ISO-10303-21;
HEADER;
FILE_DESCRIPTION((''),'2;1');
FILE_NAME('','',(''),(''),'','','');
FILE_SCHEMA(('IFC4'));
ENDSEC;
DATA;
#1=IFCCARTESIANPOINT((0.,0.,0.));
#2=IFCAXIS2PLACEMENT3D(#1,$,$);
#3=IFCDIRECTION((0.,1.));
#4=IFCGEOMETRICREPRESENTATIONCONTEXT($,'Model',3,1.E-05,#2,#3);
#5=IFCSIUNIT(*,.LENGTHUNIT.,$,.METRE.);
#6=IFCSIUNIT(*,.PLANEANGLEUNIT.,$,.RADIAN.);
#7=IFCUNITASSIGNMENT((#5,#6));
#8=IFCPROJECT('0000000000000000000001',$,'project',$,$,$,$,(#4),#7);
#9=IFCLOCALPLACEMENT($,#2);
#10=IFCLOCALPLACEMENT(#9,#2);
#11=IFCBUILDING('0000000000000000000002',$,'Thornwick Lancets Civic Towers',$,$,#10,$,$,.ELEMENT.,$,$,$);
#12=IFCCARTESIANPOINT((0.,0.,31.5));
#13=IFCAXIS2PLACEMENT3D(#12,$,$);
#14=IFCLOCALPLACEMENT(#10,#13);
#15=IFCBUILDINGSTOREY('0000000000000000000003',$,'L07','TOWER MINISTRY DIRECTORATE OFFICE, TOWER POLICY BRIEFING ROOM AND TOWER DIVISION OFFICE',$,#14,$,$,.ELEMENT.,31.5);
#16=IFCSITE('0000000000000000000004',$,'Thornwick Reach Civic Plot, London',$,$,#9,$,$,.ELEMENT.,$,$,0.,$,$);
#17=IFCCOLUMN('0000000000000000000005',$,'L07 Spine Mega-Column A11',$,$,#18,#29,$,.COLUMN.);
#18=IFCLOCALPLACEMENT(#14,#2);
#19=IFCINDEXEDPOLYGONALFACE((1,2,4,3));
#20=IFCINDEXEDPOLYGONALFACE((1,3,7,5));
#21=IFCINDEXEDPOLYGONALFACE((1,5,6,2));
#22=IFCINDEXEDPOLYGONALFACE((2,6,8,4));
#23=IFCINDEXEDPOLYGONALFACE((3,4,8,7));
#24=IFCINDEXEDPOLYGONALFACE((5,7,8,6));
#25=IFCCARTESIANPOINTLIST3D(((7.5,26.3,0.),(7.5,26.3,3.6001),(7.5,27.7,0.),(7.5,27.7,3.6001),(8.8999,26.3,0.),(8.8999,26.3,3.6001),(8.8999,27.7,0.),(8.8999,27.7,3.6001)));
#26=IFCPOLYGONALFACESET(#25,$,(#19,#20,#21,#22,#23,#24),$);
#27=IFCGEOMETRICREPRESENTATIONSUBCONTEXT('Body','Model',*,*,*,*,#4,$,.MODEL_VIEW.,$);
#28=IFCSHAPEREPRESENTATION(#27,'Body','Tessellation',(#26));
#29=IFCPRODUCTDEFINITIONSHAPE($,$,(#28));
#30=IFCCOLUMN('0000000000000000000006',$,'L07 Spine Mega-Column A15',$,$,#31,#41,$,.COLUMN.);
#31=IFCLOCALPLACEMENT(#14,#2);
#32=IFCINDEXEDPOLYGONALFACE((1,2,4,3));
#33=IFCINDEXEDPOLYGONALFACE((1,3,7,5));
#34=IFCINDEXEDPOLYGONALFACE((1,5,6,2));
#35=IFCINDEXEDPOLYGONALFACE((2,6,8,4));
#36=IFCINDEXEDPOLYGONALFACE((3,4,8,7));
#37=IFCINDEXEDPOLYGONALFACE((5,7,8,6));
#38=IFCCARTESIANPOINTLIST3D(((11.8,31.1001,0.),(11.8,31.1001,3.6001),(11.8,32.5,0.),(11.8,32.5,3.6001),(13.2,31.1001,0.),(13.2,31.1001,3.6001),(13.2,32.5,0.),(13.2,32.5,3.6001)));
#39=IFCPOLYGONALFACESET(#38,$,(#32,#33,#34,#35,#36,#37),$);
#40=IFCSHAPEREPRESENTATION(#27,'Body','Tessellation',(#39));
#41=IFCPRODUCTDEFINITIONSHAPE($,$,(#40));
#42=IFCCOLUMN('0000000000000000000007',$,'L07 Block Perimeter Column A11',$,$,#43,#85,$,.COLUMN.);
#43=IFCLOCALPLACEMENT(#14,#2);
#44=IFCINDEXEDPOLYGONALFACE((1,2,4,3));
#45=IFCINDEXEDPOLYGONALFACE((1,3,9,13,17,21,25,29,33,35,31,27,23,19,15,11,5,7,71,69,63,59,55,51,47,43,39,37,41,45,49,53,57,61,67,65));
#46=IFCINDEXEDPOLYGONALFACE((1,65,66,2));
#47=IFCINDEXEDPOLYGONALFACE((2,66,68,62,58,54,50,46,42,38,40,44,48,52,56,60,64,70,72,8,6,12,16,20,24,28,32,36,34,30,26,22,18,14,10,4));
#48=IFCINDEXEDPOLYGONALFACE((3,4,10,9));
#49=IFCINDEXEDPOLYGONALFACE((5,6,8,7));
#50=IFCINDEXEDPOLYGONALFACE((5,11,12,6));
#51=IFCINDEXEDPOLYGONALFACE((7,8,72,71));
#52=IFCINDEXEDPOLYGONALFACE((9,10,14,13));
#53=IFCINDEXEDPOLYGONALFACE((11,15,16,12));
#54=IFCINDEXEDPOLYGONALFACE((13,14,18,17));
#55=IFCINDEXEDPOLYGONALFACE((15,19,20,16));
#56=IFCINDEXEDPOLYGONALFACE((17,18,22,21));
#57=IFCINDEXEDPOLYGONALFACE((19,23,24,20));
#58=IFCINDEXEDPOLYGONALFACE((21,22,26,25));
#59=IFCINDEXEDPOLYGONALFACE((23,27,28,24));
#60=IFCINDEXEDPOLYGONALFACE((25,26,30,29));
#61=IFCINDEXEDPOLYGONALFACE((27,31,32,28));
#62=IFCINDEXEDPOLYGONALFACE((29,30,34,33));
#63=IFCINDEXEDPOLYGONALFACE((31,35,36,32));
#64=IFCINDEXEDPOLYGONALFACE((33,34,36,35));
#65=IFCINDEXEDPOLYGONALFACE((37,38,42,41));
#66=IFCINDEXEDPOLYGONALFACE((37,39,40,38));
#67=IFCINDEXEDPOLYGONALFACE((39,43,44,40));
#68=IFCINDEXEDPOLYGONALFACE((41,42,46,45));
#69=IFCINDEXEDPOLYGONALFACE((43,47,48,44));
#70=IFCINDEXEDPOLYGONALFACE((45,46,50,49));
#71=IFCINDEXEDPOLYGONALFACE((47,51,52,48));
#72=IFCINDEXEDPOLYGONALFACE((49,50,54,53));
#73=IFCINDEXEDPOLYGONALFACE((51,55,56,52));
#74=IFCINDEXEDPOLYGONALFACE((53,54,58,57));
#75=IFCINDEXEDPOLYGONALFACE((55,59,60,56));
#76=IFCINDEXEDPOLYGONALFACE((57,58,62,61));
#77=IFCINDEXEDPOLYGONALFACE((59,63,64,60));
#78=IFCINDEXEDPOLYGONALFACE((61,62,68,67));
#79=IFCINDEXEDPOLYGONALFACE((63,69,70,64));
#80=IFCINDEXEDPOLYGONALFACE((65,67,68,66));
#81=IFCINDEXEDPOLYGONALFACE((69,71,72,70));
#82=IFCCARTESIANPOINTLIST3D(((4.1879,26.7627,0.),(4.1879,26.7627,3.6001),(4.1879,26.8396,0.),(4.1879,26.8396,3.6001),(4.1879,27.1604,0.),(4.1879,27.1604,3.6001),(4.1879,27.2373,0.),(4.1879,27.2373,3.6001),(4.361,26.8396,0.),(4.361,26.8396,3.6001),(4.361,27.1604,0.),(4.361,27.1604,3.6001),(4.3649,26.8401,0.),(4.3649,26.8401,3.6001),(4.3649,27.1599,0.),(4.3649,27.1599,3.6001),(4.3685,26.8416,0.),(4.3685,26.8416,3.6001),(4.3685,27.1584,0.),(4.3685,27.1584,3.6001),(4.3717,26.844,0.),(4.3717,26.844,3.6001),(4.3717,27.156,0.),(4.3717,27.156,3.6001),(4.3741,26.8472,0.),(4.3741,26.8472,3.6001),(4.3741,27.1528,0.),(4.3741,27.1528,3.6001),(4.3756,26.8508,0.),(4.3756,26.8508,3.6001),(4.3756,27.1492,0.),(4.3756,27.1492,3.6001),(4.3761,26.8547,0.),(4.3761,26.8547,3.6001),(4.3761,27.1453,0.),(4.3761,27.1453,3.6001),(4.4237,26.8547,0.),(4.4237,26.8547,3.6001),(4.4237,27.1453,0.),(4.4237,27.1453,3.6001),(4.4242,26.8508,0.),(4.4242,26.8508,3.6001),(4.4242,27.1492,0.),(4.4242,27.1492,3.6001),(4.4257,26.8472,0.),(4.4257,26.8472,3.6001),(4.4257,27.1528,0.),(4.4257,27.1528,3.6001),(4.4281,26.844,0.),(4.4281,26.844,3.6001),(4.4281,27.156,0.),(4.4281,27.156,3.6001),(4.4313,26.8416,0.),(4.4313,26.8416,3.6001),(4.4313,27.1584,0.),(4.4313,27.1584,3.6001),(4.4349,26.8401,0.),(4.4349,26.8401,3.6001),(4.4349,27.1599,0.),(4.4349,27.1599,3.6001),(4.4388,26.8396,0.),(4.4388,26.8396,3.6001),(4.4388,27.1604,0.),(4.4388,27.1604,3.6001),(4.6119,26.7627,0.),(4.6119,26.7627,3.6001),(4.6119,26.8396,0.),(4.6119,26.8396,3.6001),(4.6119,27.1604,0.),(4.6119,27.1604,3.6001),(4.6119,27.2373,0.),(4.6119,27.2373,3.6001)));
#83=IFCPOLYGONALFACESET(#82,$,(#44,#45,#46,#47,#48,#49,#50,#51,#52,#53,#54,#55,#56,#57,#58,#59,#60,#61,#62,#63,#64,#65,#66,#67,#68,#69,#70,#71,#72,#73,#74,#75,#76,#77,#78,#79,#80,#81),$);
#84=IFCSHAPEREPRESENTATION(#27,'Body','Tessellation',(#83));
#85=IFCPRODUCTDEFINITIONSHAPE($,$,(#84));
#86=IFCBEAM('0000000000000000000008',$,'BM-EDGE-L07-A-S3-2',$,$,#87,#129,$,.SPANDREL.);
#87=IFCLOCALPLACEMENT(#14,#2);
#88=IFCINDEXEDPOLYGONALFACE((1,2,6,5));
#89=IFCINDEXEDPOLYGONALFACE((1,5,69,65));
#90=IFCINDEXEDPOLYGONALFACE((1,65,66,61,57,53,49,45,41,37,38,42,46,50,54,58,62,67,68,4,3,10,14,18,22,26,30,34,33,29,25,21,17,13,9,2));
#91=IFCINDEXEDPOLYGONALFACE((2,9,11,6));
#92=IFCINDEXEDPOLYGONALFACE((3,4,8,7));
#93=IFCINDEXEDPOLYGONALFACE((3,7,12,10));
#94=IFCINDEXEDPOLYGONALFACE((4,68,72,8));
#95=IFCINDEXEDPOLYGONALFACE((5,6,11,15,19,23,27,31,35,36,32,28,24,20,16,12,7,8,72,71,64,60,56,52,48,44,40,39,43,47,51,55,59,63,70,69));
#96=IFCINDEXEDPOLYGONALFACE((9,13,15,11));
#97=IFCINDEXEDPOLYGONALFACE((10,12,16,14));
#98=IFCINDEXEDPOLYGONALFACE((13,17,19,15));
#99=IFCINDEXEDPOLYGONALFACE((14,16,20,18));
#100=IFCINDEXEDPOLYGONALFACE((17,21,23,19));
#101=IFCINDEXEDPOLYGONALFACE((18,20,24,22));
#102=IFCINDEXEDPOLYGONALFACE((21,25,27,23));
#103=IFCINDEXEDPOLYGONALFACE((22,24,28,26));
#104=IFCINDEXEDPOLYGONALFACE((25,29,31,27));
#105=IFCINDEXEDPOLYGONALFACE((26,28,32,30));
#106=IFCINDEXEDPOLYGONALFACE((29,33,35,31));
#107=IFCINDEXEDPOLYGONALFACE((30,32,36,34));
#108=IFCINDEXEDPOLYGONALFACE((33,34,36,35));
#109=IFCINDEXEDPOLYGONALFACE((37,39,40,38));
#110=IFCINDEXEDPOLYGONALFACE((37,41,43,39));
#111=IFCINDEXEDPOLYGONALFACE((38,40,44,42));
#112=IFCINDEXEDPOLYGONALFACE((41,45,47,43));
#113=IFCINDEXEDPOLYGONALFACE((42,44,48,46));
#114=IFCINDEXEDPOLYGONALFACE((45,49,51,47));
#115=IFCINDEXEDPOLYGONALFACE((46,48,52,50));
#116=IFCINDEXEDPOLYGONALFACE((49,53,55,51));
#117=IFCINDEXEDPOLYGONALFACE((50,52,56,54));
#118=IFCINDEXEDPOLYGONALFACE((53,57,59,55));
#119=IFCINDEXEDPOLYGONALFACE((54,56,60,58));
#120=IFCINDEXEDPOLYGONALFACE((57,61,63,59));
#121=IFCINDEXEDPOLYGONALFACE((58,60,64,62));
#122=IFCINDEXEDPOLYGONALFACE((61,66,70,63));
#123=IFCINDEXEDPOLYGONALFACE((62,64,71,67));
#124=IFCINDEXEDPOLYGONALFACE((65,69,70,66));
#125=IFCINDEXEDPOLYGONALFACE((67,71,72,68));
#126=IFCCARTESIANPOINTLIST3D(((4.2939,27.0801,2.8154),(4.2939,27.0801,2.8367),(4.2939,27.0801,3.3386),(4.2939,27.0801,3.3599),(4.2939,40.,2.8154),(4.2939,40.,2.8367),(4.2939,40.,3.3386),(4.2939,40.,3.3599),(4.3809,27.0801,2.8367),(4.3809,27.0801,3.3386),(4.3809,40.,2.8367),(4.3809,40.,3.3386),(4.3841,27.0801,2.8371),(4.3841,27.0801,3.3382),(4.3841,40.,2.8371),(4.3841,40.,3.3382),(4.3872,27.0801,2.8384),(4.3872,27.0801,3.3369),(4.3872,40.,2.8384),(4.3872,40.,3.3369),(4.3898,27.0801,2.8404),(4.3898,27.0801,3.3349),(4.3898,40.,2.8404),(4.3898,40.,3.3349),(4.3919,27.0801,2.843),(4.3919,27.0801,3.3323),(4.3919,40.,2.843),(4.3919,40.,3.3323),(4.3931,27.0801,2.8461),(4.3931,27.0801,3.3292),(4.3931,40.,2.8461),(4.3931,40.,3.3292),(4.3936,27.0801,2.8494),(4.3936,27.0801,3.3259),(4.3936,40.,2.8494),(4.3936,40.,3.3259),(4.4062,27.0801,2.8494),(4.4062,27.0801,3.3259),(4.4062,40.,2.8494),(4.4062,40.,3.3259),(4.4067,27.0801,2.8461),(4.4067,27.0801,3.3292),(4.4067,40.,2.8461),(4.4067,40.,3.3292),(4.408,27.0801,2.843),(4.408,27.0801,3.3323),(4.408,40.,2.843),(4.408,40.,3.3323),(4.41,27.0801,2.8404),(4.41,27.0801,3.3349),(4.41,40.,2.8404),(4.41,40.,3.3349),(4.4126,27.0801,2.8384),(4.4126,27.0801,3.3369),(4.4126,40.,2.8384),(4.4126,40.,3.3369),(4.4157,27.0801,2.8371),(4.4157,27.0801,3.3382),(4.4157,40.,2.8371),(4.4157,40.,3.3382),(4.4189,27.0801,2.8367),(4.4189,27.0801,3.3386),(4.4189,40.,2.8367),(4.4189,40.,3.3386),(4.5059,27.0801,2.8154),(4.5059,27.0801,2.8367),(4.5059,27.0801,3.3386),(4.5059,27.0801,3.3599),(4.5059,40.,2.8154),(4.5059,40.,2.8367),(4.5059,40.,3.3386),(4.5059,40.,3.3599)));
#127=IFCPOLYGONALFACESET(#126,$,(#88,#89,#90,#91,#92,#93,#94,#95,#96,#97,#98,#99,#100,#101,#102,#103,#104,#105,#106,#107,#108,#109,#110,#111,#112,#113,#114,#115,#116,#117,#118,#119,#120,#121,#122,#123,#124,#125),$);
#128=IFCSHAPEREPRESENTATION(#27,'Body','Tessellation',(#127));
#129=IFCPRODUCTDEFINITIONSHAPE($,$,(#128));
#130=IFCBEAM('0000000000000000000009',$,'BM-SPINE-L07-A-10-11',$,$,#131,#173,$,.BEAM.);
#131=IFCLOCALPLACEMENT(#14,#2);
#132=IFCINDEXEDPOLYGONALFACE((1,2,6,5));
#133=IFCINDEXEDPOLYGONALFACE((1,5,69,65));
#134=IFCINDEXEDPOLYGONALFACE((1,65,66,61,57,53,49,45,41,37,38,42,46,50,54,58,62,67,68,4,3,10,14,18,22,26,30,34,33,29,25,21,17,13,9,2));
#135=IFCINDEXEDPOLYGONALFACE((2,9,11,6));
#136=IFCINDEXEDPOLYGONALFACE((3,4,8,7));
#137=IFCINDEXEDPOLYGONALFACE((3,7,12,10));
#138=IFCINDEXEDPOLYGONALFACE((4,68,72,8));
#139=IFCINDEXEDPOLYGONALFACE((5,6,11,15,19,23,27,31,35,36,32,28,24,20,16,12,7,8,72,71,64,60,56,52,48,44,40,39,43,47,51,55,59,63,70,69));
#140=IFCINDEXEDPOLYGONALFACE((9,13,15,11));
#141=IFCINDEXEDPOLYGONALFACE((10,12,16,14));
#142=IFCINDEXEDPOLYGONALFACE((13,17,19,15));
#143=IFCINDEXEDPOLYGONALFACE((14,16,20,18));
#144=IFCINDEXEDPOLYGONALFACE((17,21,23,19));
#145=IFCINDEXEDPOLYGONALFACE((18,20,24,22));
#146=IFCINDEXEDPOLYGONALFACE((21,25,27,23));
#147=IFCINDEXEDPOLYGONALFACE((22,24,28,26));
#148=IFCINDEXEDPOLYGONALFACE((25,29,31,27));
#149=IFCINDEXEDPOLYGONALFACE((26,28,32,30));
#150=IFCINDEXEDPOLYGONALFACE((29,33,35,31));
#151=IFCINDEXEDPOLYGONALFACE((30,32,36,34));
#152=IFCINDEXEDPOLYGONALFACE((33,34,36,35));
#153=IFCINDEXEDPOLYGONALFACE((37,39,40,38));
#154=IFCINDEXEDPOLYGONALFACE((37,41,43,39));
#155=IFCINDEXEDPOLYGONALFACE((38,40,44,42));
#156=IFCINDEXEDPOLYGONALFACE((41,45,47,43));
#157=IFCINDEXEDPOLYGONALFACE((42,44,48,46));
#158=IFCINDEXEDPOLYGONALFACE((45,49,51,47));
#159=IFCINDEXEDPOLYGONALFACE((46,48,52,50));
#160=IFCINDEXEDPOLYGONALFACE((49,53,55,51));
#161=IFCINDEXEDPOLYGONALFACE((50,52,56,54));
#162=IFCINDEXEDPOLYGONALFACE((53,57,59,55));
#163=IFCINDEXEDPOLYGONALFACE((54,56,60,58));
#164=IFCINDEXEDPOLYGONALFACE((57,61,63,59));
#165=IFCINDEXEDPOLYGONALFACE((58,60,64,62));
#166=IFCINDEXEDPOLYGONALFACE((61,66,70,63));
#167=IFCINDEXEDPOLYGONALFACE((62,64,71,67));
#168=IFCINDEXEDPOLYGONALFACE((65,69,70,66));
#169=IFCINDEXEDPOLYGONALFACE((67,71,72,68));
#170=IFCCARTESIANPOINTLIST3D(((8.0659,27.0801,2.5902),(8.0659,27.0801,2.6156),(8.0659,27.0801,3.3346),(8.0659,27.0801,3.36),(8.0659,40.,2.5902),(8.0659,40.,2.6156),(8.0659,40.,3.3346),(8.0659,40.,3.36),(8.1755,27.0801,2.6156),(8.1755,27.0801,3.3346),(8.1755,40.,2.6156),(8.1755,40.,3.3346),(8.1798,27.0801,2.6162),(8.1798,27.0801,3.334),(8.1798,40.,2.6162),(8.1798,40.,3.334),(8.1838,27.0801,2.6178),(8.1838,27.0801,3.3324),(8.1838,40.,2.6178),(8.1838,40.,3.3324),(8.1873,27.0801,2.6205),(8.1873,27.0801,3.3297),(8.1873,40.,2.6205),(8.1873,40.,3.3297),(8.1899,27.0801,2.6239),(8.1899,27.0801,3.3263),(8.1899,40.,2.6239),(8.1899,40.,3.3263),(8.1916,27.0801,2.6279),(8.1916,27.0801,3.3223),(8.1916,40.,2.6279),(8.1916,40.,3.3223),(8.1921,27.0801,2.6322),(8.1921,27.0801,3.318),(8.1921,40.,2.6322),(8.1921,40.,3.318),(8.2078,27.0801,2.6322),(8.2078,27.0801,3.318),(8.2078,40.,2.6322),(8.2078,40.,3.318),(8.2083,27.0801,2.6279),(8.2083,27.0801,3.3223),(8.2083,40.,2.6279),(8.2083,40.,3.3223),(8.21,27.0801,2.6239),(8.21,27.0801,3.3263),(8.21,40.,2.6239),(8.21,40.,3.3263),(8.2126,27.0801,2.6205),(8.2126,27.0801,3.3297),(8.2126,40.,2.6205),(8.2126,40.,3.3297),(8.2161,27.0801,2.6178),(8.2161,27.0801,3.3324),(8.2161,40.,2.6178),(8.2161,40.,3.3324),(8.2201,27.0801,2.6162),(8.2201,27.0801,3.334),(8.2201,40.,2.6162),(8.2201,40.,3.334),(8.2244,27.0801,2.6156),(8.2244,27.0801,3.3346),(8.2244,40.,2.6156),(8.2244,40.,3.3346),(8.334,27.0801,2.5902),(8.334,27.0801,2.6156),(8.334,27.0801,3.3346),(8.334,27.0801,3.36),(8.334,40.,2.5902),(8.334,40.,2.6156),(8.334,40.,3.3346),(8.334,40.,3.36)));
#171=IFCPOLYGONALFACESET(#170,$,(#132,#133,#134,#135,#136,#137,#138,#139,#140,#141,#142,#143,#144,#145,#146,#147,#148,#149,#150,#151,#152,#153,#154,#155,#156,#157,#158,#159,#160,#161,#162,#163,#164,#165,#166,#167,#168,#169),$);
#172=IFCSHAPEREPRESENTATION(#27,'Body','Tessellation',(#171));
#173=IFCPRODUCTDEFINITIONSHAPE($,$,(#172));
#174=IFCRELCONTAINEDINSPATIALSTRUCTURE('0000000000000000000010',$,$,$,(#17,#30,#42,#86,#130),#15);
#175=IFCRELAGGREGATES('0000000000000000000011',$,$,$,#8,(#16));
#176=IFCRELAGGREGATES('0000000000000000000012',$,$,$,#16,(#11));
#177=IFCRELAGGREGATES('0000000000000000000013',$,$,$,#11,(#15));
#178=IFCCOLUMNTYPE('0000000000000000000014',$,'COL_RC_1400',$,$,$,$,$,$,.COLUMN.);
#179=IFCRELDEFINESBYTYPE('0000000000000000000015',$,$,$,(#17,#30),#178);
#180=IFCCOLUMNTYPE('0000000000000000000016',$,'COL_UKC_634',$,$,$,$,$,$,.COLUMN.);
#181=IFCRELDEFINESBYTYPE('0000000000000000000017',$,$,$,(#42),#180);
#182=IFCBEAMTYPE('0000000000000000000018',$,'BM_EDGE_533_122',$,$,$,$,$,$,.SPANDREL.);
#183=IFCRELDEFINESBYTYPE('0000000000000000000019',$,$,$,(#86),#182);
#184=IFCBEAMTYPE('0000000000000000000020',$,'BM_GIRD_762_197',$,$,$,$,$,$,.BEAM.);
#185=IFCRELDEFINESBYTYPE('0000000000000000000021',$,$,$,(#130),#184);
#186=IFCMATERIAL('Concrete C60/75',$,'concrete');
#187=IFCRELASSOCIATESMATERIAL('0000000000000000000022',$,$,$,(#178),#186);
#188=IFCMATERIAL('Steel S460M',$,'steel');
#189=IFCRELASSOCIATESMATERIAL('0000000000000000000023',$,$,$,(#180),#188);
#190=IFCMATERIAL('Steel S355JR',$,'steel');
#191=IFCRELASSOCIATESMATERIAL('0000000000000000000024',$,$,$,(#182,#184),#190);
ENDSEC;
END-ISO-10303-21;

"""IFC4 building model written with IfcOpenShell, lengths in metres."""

from ifc_helpers import new_model, si_unit, direction, frame, origin, origin_2d, place, context, subcontext, project, spatial, rectangle, i_section, extrude, material, material_profile, profile_set, type_object, element, save


model = new_model("IFC4")

# Units and contexts
model_context = context("Model", 3, precision=1e-05, world=origin(), true_north=direction((0.0, 1.0)))
body_context = subcontext(model_context, "Body", "Model", "MODEL_VIEW")
ifc_project = project(units=[si_unit("LENGTHUNIT", "METRE"), si_unit("PLANEANGLEUNIT", "RADIAN")], contexts=[model_context])

# Site, building, storey
site_placement = place(None, origin())
site = spatial("IfcSite", under=ifc_project, at=site_placement, Name="Thornwick Reach Civic Plot, London", CompositionType="ELEMENT", RefElevation=0.0)
building_placement = place(site_placement, origin())
building = spatial("IfcBuilding", under=site, at=building_placement, Name="Thornwick Lancets Civic Towers", CompositionType="ELEMENT")
storey_placement = place(building_placement, frame((0.0, 0.0, 31.5)))
storey = spatial("IfcBuildingStorey", under=building, at=storey_placement, Name="L07", Description="TOWER MINISTRY DIRECTORATE OFFICE, TOWER POLICY BRIEFING ROOM AND TOWER DIVISION OFFICE", CompositionType="ELEMENT", Elevation=31.5)

# Columns
ifc_material_1 = material(Name="Concrete C60/75", Category="concrete")
ifc_material_profile_1 = material_profile(ifc_material_1, rectangle(XDim=1.3999, YDim=1.3999, at=origin_2d()), Name="RC 1400x1400")
ifc_profile_set_1 = profile_set([ifc_material_profile_1], Name="Concrete C60/75")
column_type_1 = type_object("IfcColumnType", Name="COL_RC_1400", PredefinedType="COLUMN", material=ifc_profile_set_1)
for number, where, z_axis, x_axis, name in (
    (1, (8.2, 27.0, 0.0), (0.0, 0.0, 1.0), (1.0, 0.0, 0.0), "L07 Spine Mega-Column A11"),
    (2, (12.5, 31.8, 0.0), (0.0, 0.0, 1.0), (1.0, 0.0, 0.0), "L07 Spine Mega-Column A15"),
):
    element("IfcColumn", number, at=place(storey_placement, frame(where, z_axis=z_axis, x_axis=x_axis)), inside=storey, type_object=column_type_1, Name=name, PredefinedType="COLUMN", context=body_context, shape_type="SweptSolid", body=[
        extrude(rectangle(XDim=1.3999, YDim=1.3999, at=origin_2d()), origin(), (0.0, 0.0, 1.0), 3.6001),
    ])
ifc_material_2 = material(Name="Steel S460M", Category="steel")
ifc_material_profile_2 = material_profile(ifc_material_2, i_section(OverallWidth=0.4241, OverallDepth=0.4746, WebThickness=0.0476, FlangeThickness=0.0769, FilletRadius=0.0151, at=origin_2d()), Name="UKC 356x406x634")
ifc_profile_set_2 = profile_set([ifc_material_profile_2], Name="Steel S460M")
column_type_2 = type_object("IfcColumnType", Name="COL_UKC_634", PredefinedType="COLUMN", material=ifc_profile_set_2)
column_placement = place(storey_placement, frame((4.3999, 27.0, 0.0), z_axis=(0.0, 0.0, 1.0), x_axis=(1.0, 0.0, 0.0)))
element("IfcColumn", 3, at=column_placement, inside=storey, type_object=column_type_2, Name="L07 Block Perimeter Column A11", PredefinedType="COLUMN", context=body_context, shape_type="SweptSolid", body=[
    extrude(i_section(OverallWidth=0.4241, OverallDepth=0.4746, WebThickness=0.0476, FlangeThickness=0.0769, FilletRadius=0.0151, at=origin_2d()), origin(), (0.0, 0.0, 1.0), 3.6001),
])

# Beams
ifc_material_3 = material(Name="Steel S355JR", Category="steel")
ifc_material_profile_3 = material_profile(ifc_material_3, i_section(OverallWidth=0.2119, OverallDepth=0.5444, WebThickness=0.0127, FlangeThickness=0.0212, FilletRadius=0.0127, at=origin_2d()), Name="UKB 533x210x122")
ifc_profile_set_3 = profile_set([ifc_material_profile_3], Name="Steel S355JR")
beam_type_1 = type_object("IfcBeamType", Name="BM_EDGE_533_122", PredefinedType="SPANDREL", material=ifc_profile_set_3)
beam_1_placement = place(storey_placement, frame((4.3999, 27.0801, 3.0876), z_axis=(0.0, 1.0, 0.0), x_axis=(-1.0, 0.0, 0.0)))
element("IfcBeam", 4, at=beam_1_placement, inside=storey, type_object=beam_type_1, Name="BM-EDGE-L07-A-S3-2", PredefinedType="SPANDREL", context=body_context, shape_type="SweptSolid", body=[
    extrude(i_section(OverallWidth=0.2119, OverallDepth=0.5444, WebThickness=0.0127, FlangeThickness=0.0212, FilletRadius=0.0127, at=origin_2d()), origin(), (0.0, 0.0, 1.0), 12.9199),
])
ifc_material_profile_4 = material_profile(ifc_material_3, i_section(OverallWidth=0.2681, OverallDepth=0.7698, WebThickness=0.0156, FlangeThickness=0.0254, FilletRadius=0.0166, at=origin_2d()), Name="UKB 762x267x197")
ifc_profile_set_4 = profile_set([ifc_material_profile_4], Name="Steel S355JR")
beam_type_2 = type_object("IfcBeamType", Name="BM_GIRD_762_197", PredefinedType="BEAM", material=ifc_profile_set_4)
beam_2_placement = place(storey_placement, frame((8.2, 27.0801, 2.9751), z_axis=(0.0, 1.0, 0.0), x_axis=(-1.0, 0.0, 0.0)))
element("IfcBeam", 5, at=beam_2_placement, inside=storey, type_object=beam_type_2, Name="BM-SPINE-L07-A-10-11", PredefinedType="BEAM", context=body_context, shape_type="SweptSolid", body=[
    extrude(i_section(OverallWidth=0.2681, OverallDepth=0.7698, WebThickness=0.0156, FlangeThickness=0.0254, FilletRadius=0.0166, at=origin_2d()), origin(), (0.0, 0.0, 1.0), 12.9199),
])

save(model, "model.ifc")
